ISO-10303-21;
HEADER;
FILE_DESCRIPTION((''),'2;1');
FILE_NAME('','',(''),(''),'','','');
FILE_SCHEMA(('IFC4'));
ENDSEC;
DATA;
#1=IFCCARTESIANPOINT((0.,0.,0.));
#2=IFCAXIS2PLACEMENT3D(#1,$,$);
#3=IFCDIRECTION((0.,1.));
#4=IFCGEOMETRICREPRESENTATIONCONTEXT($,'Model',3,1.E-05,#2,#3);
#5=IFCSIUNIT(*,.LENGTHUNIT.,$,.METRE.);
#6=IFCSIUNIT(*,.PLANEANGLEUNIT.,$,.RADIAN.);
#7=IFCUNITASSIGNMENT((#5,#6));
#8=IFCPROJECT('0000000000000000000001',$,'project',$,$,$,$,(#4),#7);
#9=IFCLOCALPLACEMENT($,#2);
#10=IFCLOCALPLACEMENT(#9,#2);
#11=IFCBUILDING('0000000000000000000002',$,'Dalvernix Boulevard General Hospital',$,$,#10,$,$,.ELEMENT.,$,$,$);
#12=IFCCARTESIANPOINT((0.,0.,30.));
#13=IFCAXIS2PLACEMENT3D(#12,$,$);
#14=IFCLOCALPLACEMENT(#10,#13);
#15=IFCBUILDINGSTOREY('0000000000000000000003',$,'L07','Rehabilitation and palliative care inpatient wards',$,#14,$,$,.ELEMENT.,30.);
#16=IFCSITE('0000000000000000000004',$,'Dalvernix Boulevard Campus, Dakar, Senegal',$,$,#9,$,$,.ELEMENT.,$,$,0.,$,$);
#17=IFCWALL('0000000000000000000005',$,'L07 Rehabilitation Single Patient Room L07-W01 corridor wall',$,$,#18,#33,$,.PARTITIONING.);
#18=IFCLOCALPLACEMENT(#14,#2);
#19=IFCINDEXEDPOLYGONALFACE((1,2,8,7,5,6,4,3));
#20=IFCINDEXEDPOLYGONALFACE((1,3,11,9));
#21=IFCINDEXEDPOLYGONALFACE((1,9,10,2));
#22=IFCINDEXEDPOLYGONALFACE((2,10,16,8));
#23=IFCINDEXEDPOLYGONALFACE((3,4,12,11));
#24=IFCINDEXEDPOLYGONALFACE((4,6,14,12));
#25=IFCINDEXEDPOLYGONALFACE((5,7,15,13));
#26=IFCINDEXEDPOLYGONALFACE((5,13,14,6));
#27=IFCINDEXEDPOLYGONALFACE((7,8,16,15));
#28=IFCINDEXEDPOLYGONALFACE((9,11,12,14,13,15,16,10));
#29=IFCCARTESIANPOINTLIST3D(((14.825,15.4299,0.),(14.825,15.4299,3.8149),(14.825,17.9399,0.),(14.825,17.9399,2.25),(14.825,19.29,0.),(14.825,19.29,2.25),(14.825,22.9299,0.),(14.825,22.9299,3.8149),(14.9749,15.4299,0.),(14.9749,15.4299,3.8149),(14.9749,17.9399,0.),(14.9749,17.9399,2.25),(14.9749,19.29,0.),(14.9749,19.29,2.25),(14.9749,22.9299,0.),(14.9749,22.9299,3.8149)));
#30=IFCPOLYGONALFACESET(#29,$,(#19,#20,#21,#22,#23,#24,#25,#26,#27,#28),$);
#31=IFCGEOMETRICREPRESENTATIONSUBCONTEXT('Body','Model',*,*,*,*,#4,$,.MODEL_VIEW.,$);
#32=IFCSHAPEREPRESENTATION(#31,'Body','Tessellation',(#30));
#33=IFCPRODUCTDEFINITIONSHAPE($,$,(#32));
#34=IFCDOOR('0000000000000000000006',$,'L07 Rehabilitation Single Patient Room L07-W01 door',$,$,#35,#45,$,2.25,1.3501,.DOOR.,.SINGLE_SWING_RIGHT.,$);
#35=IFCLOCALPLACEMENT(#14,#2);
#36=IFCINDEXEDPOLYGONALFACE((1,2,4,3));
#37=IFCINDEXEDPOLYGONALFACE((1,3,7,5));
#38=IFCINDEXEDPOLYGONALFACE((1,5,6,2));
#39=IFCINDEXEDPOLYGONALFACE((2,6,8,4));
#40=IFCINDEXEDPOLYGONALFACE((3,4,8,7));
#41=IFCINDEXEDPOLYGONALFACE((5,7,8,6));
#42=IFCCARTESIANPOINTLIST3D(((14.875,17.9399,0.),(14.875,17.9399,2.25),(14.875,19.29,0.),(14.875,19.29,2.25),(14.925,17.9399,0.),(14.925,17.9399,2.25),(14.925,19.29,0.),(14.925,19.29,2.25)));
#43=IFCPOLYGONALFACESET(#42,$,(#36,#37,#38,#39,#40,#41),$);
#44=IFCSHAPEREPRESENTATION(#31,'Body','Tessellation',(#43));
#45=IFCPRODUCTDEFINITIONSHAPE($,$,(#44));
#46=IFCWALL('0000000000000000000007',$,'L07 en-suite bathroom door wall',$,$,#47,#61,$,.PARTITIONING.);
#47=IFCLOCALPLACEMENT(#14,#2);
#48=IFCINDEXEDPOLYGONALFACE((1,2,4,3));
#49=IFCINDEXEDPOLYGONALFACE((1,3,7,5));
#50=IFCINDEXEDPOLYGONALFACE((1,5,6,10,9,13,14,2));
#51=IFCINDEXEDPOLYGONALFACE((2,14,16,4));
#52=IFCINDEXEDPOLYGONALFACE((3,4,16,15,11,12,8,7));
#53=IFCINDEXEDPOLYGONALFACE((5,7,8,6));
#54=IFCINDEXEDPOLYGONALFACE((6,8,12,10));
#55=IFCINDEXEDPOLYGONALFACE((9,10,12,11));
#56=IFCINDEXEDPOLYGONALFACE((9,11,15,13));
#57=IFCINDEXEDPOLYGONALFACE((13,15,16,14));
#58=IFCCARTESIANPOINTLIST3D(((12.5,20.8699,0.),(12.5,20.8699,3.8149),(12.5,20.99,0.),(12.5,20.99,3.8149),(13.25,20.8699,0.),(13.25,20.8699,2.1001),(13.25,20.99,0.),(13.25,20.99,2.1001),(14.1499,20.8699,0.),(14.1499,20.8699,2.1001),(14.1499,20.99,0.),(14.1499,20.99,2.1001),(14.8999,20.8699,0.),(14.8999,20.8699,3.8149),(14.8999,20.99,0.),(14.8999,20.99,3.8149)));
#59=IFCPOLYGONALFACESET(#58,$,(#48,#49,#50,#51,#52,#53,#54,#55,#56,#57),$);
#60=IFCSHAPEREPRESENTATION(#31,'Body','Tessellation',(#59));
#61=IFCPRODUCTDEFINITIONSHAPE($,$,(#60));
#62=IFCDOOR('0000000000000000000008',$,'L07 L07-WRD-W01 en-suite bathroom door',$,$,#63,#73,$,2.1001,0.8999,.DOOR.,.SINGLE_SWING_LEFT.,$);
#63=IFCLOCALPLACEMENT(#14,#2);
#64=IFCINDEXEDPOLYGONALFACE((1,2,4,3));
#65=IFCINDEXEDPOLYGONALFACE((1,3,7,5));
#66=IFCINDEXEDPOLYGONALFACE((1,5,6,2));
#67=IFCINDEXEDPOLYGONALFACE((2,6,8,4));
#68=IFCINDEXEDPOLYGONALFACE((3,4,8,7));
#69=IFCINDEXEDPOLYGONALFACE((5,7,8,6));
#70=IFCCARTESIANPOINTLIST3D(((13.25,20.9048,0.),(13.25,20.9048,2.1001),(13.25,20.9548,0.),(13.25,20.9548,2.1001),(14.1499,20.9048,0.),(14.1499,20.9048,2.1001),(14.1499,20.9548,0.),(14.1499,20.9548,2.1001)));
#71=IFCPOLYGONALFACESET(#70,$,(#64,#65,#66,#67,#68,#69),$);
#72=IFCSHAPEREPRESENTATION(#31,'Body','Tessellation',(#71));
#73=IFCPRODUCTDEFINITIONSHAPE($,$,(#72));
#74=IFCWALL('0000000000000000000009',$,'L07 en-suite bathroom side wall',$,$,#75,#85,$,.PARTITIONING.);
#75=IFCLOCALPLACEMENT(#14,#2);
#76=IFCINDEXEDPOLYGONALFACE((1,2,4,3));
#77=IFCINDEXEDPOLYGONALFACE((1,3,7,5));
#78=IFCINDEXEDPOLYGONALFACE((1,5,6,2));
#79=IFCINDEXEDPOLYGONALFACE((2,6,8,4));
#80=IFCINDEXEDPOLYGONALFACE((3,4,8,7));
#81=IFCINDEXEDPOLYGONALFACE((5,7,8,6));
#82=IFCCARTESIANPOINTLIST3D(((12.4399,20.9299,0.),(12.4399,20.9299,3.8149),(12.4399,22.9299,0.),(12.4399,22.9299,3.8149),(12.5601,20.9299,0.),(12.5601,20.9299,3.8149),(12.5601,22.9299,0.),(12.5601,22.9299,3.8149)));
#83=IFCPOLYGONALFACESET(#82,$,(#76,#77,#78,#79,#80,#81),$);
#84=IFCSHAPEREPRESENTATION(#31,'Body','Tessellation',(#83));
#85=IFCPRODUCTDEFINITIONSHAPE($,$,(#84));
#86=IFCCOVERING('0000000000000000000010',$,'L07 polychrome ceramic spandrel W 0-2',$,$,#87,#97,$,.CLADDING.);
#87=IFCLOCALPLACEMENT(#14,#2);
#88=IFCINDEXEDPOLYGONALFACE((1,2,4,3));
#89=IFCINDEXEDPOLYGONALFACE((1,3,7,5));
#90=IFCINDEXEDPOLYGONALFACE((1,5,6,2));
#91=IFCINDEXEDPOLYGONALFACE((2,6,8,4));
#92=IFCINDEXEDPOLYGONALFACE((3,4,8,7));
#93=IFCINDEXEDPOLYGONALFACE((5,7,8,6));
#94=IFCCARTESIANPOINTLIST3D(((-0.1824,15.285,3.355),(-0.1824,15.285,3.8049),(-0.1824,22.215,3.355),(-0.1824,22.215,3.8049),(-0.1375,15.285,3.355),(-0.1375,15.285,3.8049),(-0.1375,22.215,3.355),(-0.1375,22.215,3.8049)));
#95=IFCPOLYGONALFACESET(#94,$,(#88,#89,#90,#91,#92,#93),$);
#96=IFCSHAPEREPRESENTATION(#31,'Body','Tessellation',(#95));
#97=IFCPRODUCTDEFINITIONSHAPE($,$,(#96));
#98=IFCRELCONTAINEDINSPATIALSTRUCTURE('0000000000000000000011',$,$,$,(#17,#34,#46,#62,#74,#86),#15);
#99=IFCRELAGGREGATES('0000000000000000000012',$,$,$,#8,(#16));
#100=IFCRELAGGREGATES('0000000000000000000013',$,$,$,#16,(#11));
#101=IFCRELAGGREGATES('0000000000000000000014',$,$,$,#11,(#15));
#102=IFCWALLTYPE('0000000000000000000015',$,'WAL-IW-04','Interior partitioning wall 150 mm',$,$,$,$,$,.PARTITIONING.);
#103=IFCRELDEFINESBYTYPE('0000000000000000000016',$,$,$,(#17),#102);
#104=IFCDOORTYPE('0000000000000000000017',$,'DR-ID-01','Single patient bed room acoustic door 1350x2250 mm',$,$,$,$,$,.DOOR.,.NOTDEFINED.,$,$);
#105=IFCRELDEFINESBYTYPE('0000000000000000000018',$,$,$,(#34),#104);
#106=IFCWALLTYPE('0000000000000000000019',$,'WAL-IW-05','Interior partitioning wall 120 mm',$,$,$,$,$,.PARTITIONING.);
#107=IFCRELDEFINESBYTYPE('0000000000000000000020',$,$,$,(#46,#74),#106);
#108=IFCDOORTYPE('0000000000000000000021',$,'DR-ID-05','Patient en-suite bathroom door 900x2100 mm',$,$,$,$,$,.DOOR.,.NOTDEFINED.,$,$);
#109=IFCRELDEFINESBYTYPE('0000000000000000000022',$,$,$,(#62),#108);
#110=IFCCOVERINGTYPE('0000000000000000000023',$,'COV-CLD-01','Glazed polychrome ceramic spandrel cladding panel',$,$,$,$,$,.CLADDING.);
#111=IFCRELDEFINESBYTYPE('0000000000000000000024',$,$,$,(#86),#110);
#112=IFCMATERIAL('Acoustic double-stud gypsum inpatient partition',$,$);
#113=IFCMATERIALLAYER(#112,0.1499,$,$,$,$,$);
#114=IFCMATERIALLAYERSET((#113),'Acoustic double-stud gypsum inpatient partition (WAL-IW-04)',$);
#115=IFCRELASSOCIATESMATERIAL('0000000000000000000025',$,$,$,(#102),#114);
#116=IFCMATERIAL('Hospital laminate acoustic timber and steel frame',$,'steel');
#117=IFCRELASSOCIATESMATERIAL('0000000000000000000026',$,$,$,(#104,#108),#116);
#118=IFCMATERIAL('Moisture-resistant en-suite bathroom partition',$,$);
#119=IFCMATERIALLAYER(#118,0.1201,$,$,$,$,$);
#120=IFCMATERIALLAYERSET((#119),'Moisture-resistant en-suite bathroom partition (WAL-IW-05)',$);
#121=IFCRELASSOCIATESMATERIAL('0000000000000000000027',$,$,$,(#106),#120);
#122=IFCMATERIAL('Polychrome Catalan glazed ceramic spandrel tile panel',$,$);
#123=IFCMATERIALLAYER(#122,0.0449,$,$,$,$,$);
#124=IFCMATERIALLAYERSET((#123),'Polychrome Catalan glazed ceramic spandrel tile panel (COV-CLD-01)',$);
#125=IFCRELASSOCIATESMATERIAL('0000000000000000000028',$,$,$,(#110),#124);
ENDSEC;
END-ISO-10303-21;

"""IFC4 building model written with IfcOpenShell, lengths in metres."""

from ifc_helpers import new_model, si_unit, direction, frame, frame_2d, origin, origin_2d, place, context, subcontext, project, spatial, rectangle, extrude, material, layer, layer_set, type_object, element, fill, save


model = new_model("IFC4")

# Units and contexts
model_context = context("Model", 3, precision=1e-05, world=origin(), true_north=direction((0.0, 1.0)))
body_context = subcontext(model_context, "Body", "Model", "MODEL_VIEW")
ifc_project = project(units=[si_unit("LENGTHUNIT", "METRE"), si_unit("PLANEANGLEUNIT", "RADIAN")], contexts=[model_context])

# Site, building, storey
site_placement = place(None, origin())
site = spatial("IfcSite", under=ifc_project, at=site_placement, Name="Dalvernix Boulevard Campus, Dakar, Senegal", CompositionType="ELEMENT", RefElevation=0.0)
building_placement = place(site_placement, origin())
building = spatial("IfcBuilding", under=site, at=building_placement, Name="Dalvernix Boulevard General Hospital", CompositionType="ELEMENT")
storey_placement = place(building_placement, frame((0.0, 0.0, 30.0)))
storey = spatial("IfcBuildingStorey", under=building, at=storey_placement, Name="L07", Description="Rehabilitation and palliative care inpatient wards", CompositionType="ELEMENT", Elevation=30.0)

# Shared definitions
ifc_material_1 = material(Name="Hospital laminate acoustic timber and steel frame", Category="steel")

# Walls, openings, doors
ifc_material_2 = material(Name="Acoustic double-stud gypsum inpatient partition")
ifc_layer_1 = layer(ifc_material_2, 0.1499)
ifc_layer_set_1 = layer_set([ifc_layer_1], Name="Acoustic double-stud gypsum inpatient partition (WAL-IW-04)")
wall_type_1 = type_object("IfcWallType", Name="WAL-IW-04", Description="Interior partitioning wall 150 mm", PredefinedType="PARTITIONING", material=ifc_layer_set_1)
wall_1_placement = place(storey_placement, frame((14.8999, 15.4299, 0.0), z_axis=(0.0, 0.0, 1.0), x_axis=(0.0, 1.0, 0.0)))
wall_1 = element("IfcWall", 1, at=wall_1_placement, inside=storey, type_object=wall_type_1, Name="L07 Rehabilitation Single Patient Room L07-W01 corridor wall", PredefinedType="PARTITIONING", context=body_context, shape_type="SweptSolid", body=[
    extrude(rectangle(XDim=7.5, YDim=0.1499, at=frame_2d((3.75, 0.0))), origin(), (0.0, 0.0, 1.0), 3.8149),
])
opening_1_placement = place(wall_1_placement, frame((2.51, 0.0, 0.0)))
opening_1 = element("IfcOpeningElement", 2, at=opening_1_placement, cuts=wall_1, PredefinedType="OPENING", context=body_context, shape_type="SweptSolid", body=[
    extrude(rectangle(XDim=1.3501, YDim=2.25, at=frame_2d((0.675, 1.125))), frame((0.0, 0.085, 0.0), z_axis=(0.0, -1.0, 0.0), x_axis=(1.0, 0.0, 0.0)), (0.0, 0.0, 1.0), 0.1699),
])
door_type_1 = type_object("IfcDoorType", Name="DR-ID-01", Description="Single patient bed room acoustic door 1350x2250 mm", OperationType="NOTDEFINED", PredefinedType="DOOR", material=ifc_material_1)
door_1_placement = place(opening_1_placement, origin())
door_1 = element("IfcDoor", 3, at=door_1_placement, inside=storey, type_object=door_type_1, Name="L07 Rehabilitation Single Patient Room L07-W01 door", OperationType="SINGLE_SWING_RIGHT", OverallHeight=2.25, OverallWidth=1.3501, PredefinedType="DOOR", context=body_context, shape_type="SweptSolid", body=[
    extrude(rectangle(XDim=1.3501, YDim=2.25, at=frame_2d((0.675, 1.125))), frame((0.0, 0.0249, 0.0), z_axis=(0.0, -1.0, 0.0), x_axis=(1.0, 0.0, 0.0)), (0.0, 0.0, 1.0), 0.05),
])
fill(opening_1, door_1)
ifc_material_3 = material(Name="Moisture-resistant en-suite bathroom partition")
ifc_layer_2 = layer(ifc_material_3, 0.1201)
ifc_layer_set_2 = layer_set([ifc_layer_2], Name="Moisture-resistant en-suite bathroom partition (WAL-IW-05)")
wall_type_2 = type_object("IfcWallType", Name="WAL-IW-05", Description="Interior partitioning wall 120 mm", PredefinedType="PARTITIONING", material=ifc_layer_set_2)
wall_2_placement = place(storey_placement, frame((12.5, 20.9299, 0.0), z_axis=(0.0, 0.0, 1.0), x_axis=(1.0, 0.0, 0.0)))
wall_2 = element("IfcWall", 4, at=wall_2_placement, inside=storey, type_object=wall_type_2, Name="L07 en-suite bathroom door wall", PredefinedType="PARTITIONING", context=body_context, shape_type="SweptSolid", body=[
    extrude(rectangle(XDim=2.3999, YDim=0.1201, at=frame_2d((1.2, 0.0))), origin(), (0.0, 0.0, 1.0), 3.8149),
])
opening_2_placement = place(wall_2_placement, frame((0.75, 0.0, 0.0)))
opening_2 = element("IfcOpeningElement", 5, at=opening_2_placement, cuts=wall_2, PredefinedType="OPENING", context=body_context, shape_type="SweptSolid", body=[
    extrude(rectangle(XDim=0.8999, YDim=2.1001, at=frame_2d((0.45, 1.05))), frame((0.0, 0.0701, 0.0), z_axis=(0.0, -1.0, 0.0), x_axis=(1.0, 0.0, 0.0)), (0.0, 0.0, 1.0), 0.1401),
])
door_type_2 = type_object("IfcDoorType", Name="DR-ID-05", Description="Patient en-suite bathroom door 900x2100 mm", OperationType="NOTDEFINED", PredefinedType="DOOR", material=ifc_material_1)
door_2_placement = place(opening_2_placement, origin())
door_2 = element("IfcDoor", 6, at=door_2_placement, inside=storey, type_object=door_type_2, Name="L07 L07-WRD-W01 en-suite bathroom door", OperationType="SINGLE_SWING_LEFT", OverallHeight=2.1001, OverallWidth=0.8999, PredefinedType="DOOR", context=body_context, shape_type="SweptSolid", body=[
    extrude(rectangle(XDim=0.8999, YDim=2.1001, at=frame_2d((0.45, 1.05))), frame((0.0, 0.0249, 0.0), z_axis=(0.0, -1.0, 0.0), x_axis=(1.0, 0.0, 0.0)), (0.0, 0.0, 1.0), 0.05),
])
fill(opening_2, door_2)

# Wall
wall_3_placement = place(storey_placement, frame((12.5, 20.9299, 0.0), z_axis=(0.0, 0.0, 1.0), x_axis=(0.0, 1.0, 0.0)))
element("IfcWall", 7, at=wall_3_placement, inside=storey, type_object=wall_type_2, Name="L07 en-suite bathroom side wall", PredefinedType="PARTITIONING", context=body_context, shape_type="SweptSolid", body=[
    extrude(rectangle(XDim=2.0, YDim=0.1201, at=frame_2d((1.0, 0.0))), origin(), (0.0, 0.0, 1.0), 3.8149),
])

# Covering
ifc_material_4 = material(Name="Polychrome Catalan glazed ceramic spandrel tile panel")
ifc_layer_3 = layer(ifc_material_4, 0.0449)
ifc_layer_set_3 = layer_set([ifc_layer_3], Name="Polychrome Catalan glazed ceramic spandrel tile panel (COV-CLD-01)")
covering_type = type_object("IfcCoveringType", Name="COV-CLD-01", Description="Glazed polychrome ceramic spandrel cladding panel", PredefinedType="CLADDING", material=ifc_layer_set_3)
covering_placement = place(storey_placement, frame((-0.1599, 18.75, 3.355), z_axis=(0.0, 0.0, 1.0), x_axis=(0.0, 1.0, 0.0)))
element("IfcCovering", 8, at=covering_placement, inside=storey, type_object=covering_type, Name="L07 polychrome ceramic spandrel W 0-2", PredefinedType="CLADDING", context=body_context, shape_type="SweptSolid", body=[
    extrude(rectangle(XDim=6.9299, YDim=0.0449, at=origin_2d()), origin(), (0.0, 0.0, 1.0), 0.45),
])

save(model, "model.ifc")
